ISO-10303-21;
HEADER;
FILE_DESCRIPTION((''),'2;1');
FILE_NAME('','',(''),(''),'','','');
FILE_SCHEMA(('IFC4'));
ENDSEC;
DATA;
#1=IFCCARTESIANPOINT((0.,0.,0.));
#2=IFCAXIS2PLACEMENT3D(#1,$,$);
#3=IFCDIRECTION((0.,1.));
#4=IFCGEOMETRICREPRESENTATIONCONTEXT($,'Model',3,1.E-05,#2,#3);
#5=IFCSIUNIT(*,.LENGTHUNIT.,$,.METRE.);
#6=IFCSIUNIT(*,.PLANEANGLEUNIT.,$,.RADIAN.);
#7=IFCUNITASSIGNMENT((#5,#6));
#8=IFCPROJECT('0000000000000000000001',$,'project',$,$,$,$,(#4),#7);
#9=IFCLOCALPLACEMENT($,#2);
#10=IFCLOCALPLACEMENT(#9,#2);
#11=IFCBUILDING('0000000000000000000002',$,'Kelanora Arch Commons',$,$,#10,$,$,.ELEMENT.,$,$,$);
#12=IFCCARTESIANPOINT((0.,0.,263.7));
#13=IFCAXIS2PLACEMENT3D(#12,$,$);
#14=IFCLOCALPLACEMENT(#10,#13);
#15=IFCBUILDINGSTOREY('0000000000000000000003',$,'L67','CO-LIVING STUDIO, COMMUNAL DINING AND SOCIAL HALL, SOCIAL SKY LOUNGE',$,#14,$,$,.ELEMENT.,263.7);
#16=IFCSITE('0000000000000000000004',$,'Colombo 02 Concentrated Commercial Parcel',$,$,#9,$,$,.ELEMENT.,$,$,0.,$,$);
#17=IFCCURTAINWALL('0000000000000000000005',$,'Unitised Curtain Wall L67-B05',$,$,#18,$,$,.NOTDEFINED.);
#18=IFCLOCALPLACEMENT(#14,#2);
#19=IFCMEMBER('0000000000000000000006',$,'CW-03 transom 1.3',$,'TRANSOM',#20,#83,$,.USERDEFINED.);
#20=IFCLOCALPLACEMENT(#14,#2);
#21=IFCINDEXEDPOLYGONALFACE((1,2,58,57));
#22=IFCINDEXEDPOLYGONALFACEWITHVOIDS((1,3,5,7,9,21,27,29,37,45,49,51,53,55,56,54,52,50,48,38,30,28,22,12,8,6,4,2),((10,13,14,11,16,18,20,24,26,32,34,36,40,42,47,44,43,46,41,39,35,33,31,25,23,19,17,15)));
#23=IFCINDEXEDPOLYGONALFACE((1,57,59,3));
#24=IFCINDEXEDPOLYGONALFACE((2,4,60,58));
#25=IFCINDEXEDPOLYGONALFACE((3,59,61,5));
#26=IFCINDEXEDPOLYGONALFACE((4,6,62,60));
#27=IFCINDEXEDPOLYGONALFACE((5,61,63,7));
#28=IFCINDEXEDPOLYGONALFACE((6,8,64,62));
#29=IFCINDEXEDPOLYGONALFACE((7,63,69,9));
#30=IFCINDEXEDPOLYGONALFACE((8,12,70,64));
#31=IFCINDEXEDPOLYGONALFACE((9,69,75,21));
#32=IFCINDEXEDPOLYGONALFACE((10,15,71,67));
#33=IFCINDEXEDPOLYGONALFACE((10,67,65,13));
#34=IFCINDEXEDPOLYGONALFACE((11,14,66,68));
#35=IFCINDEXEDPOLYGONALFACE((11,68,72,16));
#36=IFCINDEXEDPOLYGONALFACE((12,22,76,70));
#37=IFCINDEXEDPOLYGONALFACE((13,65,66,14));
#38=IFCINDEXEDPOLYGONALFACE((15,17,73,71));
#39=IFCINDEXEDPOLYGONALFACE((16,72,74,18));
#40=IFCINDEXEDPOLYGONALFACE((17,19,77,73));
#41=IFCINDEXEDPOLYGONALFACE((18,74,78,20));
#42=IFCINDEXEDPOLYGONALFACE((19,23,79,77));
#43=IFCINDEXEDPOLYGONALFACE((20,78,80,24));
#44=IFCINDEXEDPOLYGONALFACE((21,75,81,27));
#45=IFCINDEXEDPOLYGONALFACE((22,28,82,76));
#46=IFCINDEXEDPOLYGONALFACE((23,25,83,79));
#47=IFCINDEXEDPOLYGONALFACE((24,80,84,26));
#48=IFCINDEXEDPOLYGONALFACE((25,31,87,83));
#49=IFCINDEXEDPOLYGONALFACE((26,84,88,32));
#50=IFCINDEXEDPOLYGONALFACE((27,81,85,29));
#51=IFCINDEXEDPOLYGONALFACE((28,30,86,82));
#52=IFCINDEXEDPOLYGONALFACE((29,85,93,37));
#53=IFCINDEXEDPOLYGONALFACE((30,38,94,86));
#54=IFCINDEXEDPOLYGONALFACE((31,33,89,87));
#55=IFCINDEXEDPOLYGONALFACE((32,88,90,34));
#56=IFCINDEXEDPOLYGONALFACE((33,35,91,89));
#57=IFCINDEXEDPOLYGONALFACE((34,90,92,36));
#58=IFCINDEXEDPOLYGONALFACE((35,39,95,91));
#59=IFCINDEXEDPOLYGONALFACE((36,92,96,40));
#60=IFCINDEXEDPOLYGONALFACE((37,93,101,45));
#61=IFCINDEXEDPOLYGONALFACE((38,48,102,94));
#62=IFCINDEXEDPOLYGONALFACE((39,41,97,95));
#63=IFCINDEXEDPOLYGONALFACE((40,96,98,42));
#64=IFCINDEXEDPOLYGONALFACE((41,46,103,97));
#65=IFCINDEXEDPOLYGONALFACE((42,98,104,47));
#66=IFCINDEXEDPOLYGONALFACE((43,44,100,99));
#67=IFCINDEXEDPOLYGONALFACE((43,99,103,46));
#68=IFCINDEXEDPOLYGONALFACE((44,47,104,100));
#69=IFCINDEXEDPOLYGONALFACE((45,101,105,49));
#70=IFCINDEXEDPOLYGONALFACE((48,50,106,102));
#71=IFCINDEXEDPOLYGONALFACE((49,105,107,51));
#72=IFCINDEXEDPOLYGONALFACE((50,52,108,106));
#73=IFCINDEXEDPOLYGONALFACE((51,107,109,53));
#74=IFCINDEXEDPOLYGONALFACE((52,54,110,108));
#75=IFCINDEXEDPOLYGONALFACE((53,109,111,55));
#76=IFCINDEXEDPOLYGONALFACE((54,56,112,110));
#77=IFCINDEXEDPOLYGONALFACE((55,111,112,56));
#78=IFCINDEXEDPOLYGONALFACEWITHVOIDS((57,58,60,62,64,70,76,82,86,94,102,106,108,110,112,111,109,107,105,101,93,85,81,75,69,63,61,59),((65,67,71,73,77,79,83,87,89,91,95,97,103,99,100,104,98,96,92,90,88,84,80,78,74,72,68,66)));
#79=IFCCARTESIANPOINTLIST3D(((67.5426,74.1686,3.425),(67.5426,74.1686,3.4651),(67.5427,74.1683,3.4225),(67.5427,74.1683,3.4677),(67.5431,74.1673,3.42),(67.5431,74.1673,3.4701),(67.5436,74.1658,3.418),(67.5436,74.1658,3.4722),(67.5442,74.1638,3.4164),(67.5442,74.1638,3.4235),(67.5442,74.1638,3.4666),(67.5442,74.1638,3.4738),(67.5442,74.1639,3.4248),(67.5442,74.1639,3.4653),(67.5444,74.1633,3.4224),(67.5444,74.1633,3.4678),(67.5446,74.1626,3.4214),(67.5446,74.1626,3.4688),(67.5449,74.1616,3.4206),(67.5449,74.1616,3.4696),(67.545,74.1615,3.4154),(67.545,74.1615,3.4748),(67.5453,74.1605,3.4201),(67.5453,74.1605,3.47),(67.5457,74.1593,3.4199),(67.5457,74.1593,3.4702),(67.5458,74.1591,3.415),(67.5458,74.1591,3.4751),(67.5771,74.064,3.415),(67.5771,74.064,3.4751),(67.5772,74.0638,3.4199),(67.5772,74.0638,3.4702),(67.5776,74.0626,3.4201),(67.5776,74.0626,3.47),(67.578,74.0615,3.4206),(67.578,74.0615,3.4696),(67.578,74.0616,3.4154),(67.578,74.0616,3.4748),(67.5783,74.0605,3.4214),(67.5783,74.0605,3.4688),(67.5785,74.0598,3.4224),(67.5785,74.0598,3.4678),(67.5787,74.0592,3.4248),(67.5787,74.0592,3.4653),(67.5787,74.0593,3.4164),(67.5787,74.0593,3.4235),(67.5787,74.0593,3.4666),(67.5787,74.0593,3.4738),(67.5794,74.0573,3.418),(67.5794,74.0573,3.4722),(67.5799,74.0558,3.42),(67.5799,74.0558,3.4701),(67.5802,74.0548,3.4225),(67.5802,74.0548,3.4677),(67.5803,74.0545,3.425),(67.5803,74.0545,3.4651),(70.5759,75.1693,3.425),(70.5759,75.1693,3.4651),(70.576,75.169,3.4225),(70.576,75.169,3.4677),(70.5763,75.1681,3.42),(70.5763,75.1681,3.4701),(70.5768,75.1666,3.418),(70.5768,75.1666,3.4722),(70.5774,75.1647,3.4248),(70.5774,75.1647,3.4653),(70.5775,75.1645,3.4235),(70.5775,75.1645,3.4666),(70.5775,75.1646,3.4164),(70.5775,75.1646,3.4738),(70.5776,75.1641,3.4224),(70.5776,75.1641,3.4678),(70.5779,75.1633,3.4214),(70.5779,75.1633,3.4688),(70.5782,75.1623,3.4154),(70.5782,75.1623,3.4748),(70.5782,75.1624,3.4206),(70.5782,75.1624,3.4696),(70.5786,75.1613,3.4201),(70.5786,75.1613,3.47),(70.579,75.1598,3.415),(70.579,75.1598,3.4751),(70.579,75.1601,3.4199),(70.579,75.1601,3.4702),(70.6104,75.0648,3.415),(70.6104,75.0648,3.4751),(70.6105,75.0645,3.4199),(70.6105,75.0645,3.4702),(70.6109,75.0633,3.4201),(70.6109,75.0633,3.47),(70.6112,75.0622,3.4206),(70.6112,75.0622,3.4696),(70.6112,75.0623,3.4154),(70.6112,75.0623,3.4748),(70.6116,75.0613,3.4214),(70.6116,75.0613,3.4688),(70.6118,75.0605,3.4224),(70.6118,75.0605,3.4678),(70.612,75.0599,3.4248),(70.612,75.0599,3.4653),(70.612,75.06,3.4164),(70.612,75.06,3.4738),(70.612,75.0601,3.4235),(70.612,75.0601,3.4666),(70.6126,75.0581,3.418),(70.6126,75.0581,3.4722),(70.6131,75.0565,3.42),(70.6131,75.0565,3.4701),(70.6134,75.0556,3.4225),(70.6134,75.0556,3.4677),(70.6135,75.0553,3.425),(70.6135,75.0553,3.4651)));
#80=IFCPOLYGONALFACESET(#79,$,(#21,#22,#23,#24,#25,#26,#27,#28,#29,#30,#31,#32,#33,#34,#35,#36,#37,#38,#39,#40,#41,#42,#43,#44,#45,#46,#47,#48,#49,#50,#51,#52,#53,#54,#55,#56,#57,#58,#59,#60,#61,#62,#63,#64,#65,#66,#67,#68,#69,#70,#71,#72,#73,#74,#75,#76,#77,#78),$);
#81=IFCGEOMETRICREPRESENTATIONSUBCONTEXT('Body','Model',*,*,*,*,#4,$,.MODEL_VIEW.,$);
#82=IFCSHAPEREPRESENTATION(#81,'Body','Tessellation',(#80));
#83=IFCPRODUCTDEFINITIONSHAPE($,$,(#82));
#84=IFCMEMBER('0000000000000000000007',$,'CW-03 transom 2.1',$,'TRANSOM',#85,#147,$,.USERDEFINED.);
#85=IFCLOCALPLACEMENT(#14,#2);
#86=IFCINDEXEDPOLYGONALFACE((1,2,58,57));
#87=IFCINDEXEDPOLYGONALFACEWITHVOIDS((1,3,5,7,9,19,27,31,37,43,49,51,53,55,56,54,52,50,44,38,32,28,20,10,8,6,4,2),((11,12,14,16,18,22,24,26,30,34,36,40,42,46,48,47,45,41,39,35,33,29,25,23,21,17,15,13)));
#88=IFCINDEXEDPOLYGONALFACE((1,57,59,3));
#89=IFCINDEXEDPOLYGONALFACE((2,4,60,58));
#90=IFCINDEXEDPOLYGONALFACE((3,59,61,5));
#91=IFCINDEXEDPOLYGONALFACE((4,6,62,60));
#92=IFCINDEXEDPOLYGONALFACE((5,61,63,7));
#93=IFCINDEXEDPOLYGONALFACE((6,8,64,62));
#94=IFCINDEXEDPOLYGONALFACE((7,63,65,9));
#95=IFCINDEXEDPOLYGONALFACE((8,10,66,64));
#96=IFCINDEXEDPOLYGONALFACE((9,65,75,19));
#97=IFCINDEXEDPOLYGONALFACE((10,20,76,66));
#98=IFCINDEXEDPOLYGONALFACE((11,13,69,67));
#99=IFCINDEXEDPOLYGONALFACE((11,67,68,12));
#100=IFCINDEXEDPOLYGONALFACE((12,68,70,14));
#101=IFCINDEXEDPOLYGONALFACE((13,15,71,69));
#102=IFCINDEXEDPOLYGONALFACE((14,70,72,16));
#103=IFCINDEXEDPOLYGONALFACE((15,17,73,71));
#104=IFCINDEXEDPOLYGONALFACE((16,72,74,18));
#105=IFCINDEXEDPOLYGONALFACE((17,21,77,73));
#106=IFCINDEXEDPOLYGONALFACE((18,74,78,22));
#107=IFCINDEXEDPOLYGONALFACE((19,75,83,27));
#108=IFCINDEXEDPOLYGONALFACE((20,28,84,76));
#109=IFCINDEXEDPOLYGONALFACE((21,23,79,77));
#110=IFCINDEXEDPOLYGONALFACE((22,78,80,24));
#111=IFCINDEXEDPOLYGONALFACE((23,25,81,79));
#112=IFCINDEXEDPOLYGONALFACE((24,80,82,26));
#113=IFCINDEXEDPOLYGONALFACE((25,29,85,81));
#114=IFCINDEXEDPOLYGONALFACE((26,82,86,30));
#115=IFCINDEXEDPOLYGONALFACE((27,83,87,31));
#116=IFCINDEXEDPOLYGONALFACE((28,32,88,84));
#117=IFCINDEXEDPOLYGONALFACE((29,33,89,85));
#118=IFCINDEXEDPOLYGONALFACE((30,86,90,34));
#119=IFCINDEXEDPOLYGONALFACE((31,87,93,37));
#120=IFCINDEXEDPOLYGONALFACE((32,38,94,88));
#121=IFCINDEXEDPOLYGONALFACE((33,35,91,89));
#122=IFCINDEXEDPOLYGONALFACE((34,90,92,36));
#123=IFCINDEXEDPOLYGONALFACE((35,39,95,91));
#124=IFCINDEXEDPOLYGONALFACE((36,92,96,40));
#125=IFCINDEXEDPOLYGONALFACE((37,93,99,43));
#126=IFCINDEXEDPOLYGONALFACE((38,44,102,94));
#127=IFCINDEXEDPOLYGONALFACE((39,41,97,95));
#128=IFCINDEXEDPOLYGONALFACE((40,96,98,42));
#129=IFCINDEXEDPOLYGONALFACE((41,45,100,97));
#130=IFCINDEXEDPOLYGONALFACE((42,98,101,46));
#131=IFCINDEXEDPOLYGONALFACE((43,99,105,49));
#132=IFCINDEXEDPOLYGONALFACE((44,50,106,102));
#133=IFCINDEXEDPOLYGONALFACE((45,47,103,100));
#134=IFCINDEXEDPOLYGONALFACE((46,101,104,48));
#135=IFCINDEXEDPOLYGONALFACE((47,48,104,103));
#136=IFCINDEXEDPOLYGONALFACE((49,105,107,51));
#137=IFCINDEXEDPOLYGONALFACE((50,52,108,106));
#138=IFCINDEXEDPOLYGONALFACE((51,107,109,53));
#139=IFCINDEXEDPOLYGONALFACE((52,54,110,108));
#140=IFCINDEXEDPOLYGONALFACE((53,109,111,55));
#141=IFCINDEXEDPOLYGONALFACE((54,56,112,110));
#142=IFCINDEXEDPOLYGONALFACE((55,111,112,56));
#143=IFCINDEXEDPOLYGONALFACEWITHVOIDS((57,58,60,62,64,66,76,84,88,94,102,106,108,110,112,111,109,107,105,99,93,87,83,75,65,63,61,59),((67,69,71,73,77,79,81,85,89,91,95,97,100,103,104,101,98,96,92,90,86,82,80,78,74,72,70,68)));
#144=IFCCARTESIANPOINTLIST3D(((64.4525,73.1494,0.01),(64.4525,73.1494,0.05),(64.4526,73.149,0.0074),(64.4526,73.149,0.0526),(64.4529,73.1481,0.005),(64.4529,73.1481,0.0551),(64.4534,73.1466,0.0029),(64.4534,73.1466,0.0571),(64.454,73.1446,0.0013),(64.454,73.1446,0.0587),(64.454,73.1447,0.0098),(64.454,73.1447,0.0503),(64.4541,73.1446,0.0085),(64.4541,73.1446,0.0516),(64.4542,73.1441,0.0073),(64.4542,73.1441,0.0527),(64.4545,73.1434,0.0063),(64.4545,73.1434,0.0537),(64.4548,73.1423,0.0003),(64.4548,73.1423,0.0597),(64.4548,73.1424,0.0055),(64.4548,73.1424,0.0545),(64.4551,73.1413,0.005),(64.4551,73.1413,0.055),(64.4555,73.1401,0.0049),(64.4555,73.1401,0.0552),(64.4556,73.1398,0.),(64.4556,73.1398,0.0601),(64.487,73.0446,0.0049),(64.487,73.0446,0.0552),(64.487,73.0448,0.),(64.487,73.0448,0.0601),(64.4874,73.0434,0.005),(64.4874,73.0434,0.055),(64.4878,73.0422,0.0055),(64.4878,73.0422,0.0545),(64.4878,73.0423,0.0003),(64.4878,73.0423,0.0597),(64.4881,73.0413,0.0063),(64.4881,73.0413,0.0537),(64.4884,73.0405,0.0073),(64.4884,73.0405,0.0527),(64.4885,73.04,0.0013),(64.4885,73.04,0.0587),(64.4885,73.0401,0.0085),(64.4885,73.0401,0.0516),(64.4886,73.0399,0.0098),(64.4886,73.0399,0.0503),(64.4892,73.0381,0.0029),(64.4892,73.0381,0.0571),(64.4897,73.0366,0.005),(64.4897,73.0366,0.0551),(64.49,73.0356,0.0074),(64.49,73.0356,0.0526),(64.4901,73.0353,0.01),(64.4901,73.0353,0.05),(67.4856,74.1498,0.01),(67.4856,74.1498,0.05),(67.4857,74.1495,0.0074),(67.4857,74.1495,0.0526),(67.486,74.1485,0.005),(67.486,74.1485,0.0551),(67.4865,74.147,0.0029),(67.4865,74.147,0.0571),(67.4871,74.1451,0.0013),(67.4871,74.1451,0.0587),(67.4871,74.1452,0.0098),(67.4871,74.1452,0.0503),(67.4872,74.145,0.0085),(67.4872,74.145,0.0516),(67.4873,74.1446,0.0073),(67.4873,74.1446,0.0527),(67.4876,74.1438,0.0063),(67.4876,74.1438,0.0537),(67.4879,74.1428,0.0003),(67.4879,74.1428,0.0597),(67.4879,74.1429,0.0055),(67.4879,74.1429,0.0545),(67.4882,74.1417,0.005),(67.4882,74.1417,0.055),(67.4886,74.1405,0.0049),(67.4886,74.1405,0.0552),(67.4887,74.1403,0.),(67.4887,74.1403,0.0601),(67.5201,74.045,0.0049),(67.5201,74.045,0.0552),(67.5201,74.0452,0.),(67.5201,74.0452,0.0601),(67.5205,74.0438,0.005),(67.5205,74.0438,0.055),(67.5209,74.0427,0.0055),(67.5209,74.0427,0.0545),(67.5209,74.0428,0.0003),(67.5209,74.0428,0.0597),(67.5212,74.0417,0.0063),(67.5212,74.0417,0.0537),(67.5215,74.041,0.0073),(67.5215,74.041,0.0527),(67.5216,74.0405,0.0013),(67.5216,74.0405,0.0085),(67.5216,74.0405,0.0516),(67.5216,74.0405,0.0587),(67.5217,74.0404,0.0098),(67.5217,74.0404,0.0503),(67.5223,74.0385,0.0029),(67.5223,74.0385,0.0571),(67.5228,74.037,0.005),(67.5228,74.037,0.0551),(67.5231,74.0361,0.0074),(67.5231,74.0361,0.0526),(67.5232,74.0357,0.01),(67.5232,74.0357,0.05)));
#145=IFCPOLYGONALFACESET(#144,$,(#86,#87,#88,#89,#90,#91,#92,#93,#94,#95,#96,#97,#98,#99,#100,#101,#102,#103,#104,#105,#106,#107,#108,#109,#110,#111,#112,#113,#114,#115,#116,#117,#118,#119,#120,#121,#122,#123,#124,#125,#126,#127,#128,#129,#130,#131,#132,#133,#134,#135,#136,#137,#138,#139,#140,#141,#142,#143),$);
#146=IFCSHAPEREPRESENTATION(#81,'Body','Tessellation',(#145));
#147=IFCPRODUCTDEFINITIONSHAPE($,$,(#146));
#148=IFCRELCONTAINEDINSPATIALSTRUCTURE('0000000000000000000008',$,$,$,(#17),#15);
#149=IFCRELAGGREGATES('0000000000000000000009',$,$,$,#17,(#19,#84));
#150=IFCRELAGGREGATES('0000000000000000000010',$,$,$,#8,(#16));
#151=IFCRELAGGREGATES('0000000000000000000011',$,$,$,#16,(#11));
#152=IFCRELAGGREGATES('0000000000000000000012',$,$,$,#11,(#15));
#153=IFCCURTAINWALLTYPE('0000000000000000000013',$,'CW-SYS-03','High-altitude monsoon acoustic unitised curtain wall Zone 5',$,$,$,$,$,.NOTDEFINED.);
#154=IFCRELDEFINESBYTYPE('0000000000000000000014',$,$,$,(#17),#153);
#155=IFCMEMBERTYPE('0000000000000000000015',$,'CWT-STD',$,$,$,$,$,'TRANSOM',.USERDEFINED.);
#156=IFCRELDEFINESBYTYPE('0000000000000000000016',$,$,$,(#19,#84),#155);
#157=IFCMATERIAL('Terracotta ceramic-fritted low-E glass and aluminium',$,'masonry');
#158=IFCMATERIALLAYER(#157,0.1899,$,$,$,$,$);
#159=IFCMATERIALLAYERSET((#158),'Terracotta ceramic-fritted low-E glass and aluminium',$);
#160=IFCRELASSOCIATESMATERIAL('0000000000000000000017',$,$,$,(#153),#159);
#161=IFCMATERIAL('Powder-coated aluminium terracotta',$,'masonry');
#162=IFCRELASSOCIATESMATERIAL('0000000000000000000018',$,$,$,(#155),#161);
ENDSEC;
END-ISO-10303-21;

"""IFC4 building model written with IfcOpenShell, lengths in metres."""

from ifc_helpers import new_model, si_unit, direction, frame, origin, origin_2d, place, context, subcontext, project, spatial, hollow_rectangle, extrude, material, layer, layer_set, material_profile, profile_set, type_object, element, aggregate, save


model = new_model("IFC4")

# Units and contexts
model_context = context("Model", 3, precision=1e-05, world=origin(), true_north=direction((0.0, 1.0)))
body_context = subcontext(model_context, "Body", "Model", "MODEL_VIEW")
ifc_project = project(units=[si_unit("LENGTHUNIT", "METRE"), si_unit("PLANEANGLEUNIT", "RADIAN")], contexts=[model_context])

# Site, building, storey
site_placement = place(None, origin())
site = spatial("IfcSite", under=ifc_project, at=site_placement, Name="Colombo 02 Concentrated Commercial Parcel", CompositionType="ELEMENT", RefElevation=0.0)
building_placement = place(site_placement, origin())
building = spatial("IfcBuilding", under=site, at=building_placement, Name="Kelanora Arch Commons", CompositionType="ELEMENT")
storey_placement = place(building_placement, frame((0.0, 0.0, 263.7)))
storey = spatial("IfcBuildingStorey", under=building, at=storey_placement, Name="L67", Description="CO-LIVING STUDIO, COMMUNAL DINING AND SOCIAL HALL, SOCIAL SKY LOUNGE", CompositionType="ELEMENT", Elevation=263.7)

# Curtain wall, members
ifc_material_1 = material(Name="Terracotta ceramic-fritted low-E glass and aluminium", Category="masonry")
ifc_layer_1 = layer(ifc_material_1, 0.1899)
ifc_layer_set_1 = layer_set([ifc_layer_1], Name="Terracotta ceramic-fritted low-E glass and aluminium")
curtain_wall_type = type_object("IfcCurtainWallType", Name="CW-SYS-03", Description="High-altitude monsoon acoustic unitised curtain wall Zone 5", PredefinedType="NOTDEFINED", material=ifc_layer_set_1)
curtain_wall_placement = place(storey_placement, origin())
curtain_wall = element("IfcCurtainWall", 1, at=curtain_wall_placement, inside=storey, type_object=curtain_wall_type, Name="Unitised Curtain Wall L67-B05", PredefinedType="NOTDEFINED")
ifc_material_2 = material(Name="Powder-coated aluminium terracotta", Category="masonry")
ifc_material_profile_1 = material_profile(ifc_material_2, hollow_rectangle(XDim=0.1201, YDim=0.0601, WallThickness=0.0049, InnerFilletRadius=0.0049, OuterFilletRadius=0.01, at=origin_2d()), Name="CWT120x60")
ifc_profile_set_1 = profile_set([ifc_material_profile_1], Name="Powder-coated aluminium terracotta")
member_type_1 = type_object("IfcMemberType", Name="CWT-STD", ElementType="TRANSOM", PredefinedType="USERDEFINED", material=ifc_profile_set_1)
member_1_placement = place(storey_placement, frame((70.5947, 75.1123, 3.4451), z_axis=(-0.94965, -0.313314, 0.0), x_axis=(0.313314, -0.94965, 0.0)))
member_1 = element("IfcMember", 2, at=member_1_placement, type_object=member_type_1, Name="CW-03 transom 1.3", ObjectType="TRANSOM", PredefinedType="USERDEFINED", context=body_context, shape_type="SweptSolid", body=[
    extrude(hollow_rectangle(XDim=0.1201, YDim=0.0601, WallThickness=0.0049, InnerFilletRadius=0.0049, OuterFilletRadius=0.01, at=origin_2d()), origin(), (0.0, 0.0, 1.0), 3.1941),
])
member_2_placement = place(storey_placement, frame((67.5044, 74.0928, 0.03), z_axis=(-0.949672, -0.313245, 0.0), x_axis=(0.313245, -0.949672, 0.0)))
member_2 = element("IfcMember", 3, at=member_2_placement, type_object=member_type_1, Name="CW-03 transom 2.1", ObjectType="TRANSOM", PredefinedType="USERDEFINED", context=body_context, shape_type="SweptSolid", body=[
    extrude(hollow_rectangle(XDim=0.1201, YDim=0.0601, WallThickness=0.0049, InnerFilletRadius=0.0049, OuterFilletRadius=0.01, at=origin_2d()), origin(), (0.0, 0.0, 1.0), 3.1938),
])
aggregate(curtain_wall, [member_1, member_2])

save(model, "model.ifc")
